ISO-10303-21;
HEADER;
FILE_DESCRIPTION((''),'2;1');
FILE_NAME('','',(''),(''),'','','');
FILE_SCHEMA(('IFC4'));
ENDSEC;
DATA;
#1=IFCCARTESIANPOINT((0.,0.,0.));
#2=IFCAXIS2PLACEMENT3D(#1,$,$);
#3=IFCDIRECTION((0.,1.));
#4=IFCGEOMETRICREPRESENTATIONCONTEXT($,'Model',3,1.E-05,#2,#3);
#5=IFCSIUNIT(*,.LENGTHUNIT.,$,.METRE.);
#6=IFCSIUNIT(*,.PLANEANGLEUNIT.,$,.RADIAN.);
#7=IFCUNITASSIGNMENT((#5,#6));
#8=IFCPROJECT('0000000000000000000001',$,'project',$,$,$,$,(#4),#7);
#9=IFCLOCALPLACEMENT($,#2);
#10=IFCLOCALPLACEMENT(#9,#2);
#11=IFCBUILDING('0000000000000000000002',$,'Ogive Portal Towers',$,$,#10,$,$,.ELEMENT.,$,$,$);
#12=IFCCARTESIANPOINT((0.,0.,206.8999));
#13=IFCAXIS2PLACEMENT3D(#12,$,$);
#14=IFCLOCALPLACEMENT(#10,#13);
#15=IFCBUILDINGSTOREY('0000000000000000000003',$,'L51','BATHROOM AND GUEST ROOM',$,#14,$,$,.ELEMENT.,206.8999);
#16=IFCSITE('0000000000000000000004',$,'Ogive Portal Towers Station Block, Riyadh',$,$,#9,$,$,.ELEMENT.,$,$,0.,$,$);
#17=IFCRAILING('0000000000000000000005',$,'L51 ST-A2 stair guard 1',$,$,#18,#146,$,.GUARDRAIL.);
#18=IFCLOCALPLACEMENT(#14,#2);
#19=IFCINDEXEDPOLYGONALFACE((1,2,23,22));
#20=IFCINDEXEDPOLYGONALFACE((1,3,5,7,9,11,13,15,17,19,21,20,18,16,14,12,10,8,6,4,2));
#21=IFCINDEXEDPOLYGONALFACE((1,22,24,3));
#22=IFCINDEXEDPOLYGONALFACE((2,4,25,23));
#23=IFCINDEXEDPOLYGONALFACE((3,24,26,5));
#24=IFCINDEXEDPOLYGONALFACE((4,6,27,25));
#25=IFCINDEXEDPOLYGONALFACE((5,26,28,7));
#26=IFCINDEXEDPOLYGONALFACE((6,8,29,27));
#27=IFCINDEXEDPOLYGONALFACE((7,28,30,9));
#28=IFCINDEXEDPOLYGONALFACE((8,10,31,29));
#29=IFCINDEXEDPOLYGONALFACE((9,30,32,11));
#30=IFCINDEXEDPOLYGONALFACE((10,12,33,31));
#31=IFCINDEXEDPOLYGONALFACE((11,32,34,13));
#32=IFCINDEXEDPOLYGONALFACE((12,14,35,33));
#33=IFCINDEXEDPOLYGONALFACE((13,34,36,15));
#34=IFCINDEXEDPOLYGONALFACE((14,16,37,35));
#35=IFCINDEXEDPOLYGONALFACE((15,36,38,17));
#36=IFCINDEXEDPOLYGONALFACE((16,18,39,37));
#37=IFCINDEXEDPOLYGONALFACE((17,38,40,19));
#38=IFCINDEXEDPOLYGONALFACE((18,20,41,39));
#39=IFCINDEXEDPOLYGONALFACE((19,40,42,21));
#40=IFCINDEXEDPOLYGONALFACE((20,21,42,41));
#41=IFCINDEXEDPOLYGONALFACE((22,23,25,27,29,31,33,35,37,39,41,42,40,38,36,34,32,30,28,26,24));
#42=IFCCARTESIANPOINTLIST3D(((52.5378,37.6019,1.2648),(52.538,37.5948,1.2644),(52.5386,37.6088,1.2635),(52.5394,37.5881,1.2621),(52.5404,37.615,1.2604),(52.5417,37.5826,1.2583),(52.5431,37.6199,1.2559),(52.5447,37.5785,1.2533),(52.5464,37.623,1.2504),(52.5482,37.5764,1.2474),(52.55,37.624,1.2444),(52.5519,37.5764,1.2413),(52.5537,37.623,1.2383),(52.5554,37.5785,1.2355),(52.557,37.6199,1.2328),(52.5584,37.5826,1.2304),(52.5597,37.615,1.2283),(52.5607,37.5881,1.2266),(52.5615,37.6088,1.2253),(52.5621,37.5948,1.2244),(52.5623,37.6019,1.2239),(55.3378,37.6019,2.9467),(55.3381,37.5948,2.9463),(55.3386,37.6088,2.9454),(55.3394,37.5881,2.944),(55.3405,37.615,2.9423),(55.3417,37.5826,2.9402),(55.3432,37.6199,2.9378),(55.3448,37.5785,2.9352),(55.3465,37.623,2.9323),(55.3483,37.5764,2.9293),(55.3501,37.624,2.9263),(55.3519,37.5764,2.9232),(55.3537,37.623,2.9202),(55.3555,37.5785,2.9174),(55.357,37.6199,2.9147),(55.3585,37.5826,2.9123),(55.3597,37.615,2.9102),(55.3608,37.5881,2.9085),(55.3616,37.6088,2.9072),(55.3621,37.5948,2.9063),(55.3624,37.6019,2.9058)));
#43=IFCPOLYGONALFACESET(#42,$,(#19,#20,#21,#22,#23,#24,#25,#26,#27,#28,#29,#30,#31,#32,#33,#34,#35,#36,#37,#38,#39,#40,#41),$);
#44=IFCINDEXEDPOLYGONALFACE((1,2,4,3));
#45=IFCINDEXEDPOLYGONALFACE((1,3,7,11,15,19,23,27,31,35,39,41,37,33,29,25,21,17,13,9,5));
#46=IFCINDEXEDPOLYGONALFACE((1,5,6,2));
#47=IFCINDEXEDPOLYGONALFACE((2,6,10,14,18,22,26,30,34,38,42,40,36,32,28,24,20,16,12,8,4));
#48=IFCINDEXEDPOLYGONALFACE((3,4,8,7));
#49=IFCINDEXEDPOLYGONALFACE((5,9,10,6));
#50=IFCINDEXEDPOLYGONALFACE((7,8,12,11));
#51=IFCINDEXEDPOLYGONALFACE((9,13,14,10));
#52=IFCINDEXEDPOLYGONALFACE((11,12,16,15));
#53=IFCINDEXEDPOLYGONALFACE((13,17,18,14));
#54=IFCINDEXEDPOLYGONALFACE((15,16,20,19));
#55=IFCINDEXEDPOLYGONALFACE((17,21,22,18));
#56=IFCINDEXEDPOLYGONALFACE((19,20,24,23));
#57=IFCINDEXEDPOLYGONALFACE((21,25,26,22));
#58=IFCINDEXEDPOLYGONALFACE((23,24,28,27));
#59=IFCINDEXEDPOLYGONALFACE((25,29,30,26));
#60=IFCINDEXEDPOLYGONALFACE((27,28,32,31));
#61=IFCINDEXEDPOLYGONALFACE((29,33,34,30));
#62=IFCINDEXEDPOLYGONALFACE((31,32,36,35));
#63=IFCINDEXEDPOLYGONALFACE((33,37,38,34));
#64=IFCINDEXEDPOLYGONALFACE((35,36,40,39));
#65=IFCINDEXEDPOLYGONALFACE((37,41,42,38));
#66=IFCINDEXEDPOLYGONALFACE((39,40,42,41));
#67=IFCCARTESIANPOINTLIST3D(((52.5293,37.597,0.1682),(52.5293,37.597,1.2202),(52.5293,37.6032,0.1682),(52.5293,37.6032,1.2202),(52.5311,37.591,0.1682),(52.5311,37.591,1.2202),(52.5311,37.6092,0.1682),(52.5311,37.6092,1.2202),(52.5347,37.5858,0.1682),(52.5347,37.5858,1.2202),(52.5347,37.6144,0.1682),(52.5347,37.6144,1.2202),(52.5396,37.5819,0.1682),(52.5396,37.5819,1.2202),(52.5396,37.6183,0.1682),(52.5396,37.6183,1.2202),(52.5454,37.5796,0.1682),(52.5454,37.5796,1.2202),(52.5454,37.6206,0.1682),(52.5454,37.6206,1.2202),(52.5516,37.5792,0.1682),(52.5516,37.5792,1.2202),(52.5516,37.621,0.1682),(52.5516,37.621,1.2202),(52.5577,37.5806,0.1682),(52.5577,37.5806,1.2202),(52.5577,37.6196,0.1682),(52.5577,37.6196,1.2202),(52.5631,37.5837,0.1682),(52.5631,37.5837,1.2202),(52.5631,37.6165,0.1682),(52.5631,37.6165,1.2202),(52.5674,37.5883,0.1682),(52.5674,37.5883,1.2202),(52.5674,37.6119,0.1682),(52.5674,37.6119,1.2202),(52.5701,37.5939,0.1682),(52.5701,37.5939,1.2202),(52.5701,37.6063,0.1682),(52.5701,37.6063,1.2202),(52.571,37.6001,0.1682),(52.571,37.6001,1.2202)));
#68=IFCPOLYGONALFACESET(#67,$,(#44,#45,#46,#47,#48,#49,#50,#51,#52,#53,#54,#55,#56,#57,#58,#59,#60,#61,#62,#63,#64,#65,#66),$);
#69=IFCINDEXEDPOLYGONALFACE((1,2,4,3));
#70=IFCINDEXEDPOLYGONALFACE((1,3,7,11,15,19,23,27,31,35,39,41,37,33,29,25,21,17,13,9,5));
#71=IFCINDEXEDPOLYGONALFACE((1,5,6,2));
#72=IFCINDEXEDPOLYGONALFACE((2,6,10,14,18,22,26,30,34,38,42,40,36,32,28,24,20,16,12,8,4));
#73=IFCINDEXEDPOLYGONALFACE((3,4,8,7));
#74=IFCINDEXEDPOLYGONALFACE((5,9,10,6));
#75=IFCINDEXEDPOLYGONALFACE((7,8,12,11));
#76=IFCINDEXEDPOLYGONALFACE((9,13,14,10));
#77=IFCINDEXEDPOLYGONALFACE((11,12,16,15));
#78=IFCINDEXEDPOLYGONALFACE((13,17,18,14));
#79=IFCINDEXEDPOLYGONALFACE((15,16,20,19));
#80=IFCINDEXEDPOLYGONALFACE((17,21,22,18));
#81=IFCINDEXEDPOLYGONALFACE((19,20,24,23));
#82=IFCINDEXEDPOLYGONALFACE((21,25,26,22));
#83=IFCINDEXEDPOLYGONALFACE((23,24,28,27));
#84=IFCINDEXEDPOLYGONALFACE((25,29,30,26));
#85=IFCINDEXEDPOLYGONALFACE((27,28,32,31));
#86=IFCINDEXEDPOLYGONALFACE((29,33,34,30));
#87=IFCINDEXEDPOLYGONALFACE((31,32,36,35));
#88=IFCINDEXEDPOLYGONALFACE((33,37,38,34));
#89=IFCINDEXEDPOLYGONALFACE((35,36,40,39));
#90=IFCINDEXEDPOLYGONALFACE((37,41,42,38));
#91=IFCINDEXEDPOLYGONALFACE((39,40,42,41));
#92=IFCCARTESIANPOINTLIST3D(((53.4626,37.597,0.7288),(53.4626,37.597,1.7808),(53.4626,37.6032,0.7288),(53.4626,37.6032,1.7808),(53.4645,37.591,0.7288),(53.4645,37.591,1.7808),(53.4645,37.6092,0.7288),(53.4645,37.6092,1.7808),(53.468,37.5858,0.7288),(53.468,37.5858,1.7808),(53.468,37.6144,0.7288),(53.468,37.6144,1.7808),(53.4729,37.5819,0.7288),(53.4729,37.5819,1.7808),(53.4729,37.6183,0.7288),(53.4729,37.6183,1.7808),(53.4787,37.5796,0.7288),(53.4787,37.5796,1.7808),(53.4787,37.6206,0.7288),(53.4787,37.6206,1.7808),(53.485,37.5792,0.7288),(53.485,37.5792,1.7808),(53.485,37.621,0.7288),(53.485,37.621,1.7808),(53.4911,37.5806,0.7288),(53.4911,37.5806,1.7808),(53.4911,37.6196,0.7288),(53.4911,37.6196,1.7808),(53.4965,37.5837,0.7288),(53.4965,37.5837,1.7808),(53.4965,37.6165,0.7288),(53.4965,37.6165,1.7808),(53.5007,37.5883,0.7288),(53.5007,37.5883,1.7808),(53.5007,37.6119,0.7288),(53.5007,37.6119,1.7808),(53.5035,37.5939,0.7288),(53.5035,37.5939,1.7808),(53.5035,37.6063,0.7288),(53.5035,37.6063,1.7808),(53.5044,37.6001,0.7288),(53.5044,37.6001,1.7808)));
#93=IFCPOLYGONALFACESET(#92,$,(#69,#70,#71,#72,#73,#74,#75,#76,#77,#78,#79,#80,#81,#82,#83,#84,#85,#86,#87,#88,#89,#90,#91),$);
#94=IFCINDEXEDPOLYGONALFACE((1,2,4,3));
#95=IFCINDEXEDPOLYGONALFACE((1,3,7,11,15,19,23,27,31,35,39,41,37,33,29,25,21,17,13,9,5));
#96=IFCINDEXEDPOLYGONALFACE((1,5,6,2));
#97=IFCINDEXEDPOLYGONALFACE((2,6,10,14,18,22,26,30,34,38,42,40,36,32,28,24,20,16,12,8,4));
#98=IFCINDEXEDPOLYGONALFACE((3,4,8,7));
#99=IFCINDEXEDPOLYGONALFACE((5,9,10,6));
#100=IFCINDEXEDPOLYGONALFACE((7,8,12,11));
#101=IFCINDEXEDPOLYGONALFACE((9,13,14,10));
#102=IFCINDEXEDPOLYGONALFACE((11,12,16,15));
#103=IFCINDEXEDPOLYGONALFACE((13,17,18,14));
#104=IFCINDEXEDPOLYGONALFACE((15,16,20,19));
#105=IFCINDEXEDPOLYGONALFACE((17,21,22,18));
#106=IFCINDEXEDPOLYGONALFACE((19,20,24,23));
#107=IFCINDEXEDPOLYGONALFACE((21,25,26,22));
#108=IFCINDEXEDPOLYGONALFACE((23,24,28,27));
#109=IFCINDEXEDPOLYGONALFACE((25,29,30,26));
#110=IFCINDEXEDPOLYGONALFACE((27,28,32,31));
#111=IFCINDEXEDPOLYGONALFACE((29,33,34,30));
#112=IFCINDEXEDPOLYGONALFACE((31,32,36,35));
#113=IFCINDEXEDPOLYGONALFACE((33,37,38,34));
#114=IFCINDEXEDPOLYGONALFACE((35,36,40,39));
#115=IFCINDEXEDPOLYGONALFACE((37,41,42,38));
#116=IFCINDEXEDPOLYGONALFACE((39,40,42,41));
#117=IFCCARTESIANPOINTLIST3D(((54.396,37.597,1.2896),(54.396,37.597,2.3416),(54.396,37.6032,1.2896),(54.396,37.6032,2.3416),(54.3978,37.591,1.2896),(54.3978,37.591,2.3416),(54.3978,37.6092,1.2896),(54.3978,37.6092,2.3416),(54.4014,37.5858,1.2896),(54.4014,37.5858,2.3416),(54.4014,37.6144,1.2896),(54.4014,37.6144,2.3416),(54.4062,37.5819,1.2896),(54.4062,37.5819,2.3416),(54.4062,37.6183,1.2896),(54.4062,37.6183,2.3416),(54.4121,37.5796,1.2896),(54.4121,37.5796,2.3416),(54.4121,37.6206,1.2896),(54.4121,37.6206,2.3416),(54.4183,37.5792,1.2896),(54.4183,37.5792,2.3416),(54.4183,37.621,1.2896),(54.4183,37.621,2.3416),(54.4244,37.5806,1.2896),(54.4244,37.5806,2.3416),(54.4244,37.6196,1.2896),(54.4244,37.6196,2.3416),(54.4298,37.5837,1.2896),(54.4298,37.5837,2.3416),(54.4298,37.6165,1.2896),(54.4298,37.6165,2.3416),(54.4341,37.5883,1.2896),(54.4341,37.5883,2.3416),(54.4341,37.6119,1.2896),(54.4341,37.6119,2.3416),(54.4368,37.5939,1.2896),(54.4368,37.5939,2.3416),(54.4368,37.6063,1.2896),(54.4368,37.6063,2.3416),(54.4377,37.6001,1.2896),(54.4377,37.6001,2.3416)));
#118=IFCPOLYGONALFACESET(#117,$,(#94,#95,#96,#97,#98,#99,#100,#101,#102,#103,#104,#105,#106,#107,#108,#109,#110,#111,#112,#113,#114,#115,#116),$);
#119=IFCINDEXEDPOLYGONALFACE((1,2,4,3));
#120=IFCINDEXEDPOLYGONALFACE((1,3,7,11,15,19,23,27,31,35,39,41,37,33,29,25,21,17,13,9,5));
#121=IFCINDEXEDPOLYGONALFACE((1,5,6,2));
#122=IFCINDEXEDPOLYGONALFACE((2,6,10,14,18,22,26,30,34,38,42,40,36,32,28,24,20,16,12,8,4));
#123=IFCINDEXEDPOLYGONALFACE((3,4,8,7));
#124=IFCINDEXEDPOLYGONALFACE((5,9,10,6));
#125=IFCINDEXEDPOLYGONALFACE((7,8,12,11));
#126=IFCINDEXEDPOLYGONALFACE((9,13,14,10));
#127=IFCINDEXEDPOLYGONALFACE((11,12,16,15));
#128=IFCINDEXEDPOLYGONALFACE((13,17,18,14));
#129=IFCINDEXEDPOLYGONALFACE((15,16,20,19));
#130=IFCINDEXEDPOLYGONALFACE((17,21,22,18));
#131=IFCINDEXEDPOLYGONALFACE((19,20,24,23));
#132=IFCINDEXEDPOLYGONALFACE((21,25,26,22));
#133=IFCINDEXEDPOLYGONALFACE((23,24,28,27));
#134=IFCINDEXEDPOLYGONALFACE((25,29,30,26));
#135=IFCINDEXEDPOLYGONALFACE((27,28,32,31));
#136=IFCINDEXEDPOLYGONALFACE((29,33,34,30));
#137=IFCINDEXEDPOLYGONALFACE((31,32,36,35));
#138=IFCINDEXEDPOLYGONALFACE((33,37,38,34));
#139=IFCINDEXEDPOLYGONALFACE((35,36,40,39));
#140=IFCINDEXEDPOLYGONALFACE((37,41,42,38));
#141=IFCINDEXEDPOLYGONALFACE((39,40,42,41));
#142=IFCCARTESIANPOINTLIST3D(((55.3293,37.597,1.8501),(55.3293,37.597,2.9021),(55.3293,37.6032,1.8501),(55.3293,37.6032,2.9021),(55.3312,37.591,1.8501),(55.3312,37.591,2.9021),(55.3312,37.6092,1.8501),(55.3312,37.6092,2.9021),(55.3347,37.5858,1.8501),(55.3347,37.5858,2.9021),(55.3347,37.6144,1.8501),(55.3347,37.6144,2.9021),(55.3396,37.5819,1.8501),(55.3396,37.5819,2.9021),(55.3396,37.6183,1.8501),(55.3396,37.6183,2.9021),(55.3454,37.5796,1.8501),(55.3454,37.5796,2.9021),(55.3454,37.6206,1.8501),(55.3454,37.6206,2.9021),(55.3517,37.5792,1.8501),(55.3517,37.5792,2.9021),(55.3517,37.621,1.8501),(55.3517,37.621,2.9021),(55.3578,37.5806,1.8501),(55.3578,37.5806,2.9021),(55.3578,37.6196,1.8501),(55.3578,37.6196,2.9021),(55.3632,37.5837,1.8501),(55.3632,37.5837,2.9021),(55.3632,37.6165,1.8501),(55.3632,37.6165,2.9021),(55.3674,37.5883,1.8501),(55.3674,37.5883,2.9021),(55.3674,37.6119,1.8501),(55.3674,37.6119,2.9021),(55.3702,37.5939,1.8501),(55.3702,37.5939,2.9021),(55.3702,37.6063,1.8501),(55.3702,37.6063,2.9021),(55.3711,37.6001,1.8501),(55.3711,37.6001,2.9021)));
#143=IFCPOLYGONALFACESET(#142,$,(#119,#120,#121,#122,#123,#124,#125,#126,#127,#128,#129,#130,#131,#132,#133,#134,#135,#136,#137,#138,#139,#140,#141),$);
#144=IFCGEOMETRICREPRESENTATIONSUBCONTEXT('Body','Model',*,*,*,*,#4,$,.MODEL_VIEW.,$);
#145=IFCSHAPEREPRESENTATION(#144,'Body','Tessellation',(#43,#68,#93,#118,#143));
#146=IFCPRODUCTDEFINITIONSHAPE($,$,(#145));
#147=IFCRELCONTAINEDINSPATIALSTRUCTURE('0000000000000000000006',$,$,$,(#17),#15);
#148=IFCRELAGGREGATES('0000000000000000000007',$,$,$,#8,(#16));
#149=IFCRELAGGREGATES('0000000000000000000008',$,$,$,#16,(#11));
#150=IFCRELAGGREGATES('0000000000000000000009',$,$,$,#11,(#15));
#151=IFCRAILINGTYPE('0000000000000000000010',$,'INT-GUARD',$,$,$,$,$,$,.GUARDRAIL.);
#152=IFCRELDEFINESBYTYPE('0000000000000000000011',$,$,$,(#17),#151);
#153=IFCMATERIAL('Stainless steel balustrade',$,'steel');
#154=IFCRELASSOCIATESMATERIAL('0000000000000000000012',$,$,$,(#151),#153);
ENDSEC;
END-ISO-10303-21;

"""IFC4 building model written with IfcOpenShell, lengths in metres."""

from ifc_helpers import new_model, si_unit, direction, frame, origin, origin_2d, place, context, subcontext, project, spatial, circle, extrude, material, type_object, element, save


model = new_model("IFC4")

# Units and contexts
model_context = context("Model", 3, precision=1e-05, world=origin(), true_north=direction((0.0, 1.0)))
body_context = subcontext(model_context, "Body", "Model", "MODEL_VIEW")
ifc_project = project(units=[si_unit("LENGTHUNIT", "METRE"), si_unit("PLANEANGLEUNIT", "RADIAN")], contexts=[model_context])

# Site, building, storey
site_placement = place(None, origin())
site = spatial("IfcSite", under=ifc_project, at=site_placement, Name="Ogive Portal Towers Station Block, Riyadh", CompositionType="ELEMENT", RefElevation=0.0)
building_placement = place(site_placement, origin())
building = spatial("IfcBuilding", under=site, at=building_placement, Name="Ogive Portal Towers", CompositionType="ELEMENT")
storey_placement = place(building_placement, frame((0.0, 0.0, 206.8999)))
storey = spatial("IfcBuildingStorey", under=building, at=storey_placement, Name="L51", Description="BATHROOM AND GUEST ROOM", CompositionType="ELEMENT", Elevation=206.8999)

# Railing
ifc_material_1 = material(Name="Stainless steel balustrade", Category="steel")
railing_type_1 = type_object("IfcRailingType", Name="INT-GUARD", PredefinedType="GUARDRAIL", material=ifc_material_1)
railing_1_placement = place(storey_placement, frame((52.55, 37.6001, 0.1682)))
element("IfcRailing", 1, at=railing_1_placement, inside=storey, type_object=railing_type_1, Name="L51 ST-A2 stair guard 1", PredefinedType="GUARDRAIL", context=body_context, shape_type="SweptSolid", body=[
    extrude(circle(Radius=0.0239, at=origin_2d()), frame((0.0, 0.0, 1.0762), z_axis=(0.857242, 0.0, 0.514913), x_axis=(0.0, 1.0, 0.0)), (0.0, 0.0, 1.0), 3.2664),
    extrude(circle(Radius=0.021, at=origin_2d()), origin(), (0.0, 0.0, 1.0), 1.052),
    extrude(circle(Radius=0.021, at=origin_2d()), frame((0.9333, 0.0, 0.5605)), (0.0, 0.0, 1.0), 1.052),
    extrude(circle(Radius=0.021, at=origin_2d()), frame((1.8667, 0.0, 1.1213)), (0.0, 0.0, 1.0), 1.052),
    extrude(circle(Radius=0.021, at=origin_2d()), frame((2.8, 0.0, 1.6819)), (0.0, 0.0, 1.0), 1.052),
])

save(model, "model.ifc")
